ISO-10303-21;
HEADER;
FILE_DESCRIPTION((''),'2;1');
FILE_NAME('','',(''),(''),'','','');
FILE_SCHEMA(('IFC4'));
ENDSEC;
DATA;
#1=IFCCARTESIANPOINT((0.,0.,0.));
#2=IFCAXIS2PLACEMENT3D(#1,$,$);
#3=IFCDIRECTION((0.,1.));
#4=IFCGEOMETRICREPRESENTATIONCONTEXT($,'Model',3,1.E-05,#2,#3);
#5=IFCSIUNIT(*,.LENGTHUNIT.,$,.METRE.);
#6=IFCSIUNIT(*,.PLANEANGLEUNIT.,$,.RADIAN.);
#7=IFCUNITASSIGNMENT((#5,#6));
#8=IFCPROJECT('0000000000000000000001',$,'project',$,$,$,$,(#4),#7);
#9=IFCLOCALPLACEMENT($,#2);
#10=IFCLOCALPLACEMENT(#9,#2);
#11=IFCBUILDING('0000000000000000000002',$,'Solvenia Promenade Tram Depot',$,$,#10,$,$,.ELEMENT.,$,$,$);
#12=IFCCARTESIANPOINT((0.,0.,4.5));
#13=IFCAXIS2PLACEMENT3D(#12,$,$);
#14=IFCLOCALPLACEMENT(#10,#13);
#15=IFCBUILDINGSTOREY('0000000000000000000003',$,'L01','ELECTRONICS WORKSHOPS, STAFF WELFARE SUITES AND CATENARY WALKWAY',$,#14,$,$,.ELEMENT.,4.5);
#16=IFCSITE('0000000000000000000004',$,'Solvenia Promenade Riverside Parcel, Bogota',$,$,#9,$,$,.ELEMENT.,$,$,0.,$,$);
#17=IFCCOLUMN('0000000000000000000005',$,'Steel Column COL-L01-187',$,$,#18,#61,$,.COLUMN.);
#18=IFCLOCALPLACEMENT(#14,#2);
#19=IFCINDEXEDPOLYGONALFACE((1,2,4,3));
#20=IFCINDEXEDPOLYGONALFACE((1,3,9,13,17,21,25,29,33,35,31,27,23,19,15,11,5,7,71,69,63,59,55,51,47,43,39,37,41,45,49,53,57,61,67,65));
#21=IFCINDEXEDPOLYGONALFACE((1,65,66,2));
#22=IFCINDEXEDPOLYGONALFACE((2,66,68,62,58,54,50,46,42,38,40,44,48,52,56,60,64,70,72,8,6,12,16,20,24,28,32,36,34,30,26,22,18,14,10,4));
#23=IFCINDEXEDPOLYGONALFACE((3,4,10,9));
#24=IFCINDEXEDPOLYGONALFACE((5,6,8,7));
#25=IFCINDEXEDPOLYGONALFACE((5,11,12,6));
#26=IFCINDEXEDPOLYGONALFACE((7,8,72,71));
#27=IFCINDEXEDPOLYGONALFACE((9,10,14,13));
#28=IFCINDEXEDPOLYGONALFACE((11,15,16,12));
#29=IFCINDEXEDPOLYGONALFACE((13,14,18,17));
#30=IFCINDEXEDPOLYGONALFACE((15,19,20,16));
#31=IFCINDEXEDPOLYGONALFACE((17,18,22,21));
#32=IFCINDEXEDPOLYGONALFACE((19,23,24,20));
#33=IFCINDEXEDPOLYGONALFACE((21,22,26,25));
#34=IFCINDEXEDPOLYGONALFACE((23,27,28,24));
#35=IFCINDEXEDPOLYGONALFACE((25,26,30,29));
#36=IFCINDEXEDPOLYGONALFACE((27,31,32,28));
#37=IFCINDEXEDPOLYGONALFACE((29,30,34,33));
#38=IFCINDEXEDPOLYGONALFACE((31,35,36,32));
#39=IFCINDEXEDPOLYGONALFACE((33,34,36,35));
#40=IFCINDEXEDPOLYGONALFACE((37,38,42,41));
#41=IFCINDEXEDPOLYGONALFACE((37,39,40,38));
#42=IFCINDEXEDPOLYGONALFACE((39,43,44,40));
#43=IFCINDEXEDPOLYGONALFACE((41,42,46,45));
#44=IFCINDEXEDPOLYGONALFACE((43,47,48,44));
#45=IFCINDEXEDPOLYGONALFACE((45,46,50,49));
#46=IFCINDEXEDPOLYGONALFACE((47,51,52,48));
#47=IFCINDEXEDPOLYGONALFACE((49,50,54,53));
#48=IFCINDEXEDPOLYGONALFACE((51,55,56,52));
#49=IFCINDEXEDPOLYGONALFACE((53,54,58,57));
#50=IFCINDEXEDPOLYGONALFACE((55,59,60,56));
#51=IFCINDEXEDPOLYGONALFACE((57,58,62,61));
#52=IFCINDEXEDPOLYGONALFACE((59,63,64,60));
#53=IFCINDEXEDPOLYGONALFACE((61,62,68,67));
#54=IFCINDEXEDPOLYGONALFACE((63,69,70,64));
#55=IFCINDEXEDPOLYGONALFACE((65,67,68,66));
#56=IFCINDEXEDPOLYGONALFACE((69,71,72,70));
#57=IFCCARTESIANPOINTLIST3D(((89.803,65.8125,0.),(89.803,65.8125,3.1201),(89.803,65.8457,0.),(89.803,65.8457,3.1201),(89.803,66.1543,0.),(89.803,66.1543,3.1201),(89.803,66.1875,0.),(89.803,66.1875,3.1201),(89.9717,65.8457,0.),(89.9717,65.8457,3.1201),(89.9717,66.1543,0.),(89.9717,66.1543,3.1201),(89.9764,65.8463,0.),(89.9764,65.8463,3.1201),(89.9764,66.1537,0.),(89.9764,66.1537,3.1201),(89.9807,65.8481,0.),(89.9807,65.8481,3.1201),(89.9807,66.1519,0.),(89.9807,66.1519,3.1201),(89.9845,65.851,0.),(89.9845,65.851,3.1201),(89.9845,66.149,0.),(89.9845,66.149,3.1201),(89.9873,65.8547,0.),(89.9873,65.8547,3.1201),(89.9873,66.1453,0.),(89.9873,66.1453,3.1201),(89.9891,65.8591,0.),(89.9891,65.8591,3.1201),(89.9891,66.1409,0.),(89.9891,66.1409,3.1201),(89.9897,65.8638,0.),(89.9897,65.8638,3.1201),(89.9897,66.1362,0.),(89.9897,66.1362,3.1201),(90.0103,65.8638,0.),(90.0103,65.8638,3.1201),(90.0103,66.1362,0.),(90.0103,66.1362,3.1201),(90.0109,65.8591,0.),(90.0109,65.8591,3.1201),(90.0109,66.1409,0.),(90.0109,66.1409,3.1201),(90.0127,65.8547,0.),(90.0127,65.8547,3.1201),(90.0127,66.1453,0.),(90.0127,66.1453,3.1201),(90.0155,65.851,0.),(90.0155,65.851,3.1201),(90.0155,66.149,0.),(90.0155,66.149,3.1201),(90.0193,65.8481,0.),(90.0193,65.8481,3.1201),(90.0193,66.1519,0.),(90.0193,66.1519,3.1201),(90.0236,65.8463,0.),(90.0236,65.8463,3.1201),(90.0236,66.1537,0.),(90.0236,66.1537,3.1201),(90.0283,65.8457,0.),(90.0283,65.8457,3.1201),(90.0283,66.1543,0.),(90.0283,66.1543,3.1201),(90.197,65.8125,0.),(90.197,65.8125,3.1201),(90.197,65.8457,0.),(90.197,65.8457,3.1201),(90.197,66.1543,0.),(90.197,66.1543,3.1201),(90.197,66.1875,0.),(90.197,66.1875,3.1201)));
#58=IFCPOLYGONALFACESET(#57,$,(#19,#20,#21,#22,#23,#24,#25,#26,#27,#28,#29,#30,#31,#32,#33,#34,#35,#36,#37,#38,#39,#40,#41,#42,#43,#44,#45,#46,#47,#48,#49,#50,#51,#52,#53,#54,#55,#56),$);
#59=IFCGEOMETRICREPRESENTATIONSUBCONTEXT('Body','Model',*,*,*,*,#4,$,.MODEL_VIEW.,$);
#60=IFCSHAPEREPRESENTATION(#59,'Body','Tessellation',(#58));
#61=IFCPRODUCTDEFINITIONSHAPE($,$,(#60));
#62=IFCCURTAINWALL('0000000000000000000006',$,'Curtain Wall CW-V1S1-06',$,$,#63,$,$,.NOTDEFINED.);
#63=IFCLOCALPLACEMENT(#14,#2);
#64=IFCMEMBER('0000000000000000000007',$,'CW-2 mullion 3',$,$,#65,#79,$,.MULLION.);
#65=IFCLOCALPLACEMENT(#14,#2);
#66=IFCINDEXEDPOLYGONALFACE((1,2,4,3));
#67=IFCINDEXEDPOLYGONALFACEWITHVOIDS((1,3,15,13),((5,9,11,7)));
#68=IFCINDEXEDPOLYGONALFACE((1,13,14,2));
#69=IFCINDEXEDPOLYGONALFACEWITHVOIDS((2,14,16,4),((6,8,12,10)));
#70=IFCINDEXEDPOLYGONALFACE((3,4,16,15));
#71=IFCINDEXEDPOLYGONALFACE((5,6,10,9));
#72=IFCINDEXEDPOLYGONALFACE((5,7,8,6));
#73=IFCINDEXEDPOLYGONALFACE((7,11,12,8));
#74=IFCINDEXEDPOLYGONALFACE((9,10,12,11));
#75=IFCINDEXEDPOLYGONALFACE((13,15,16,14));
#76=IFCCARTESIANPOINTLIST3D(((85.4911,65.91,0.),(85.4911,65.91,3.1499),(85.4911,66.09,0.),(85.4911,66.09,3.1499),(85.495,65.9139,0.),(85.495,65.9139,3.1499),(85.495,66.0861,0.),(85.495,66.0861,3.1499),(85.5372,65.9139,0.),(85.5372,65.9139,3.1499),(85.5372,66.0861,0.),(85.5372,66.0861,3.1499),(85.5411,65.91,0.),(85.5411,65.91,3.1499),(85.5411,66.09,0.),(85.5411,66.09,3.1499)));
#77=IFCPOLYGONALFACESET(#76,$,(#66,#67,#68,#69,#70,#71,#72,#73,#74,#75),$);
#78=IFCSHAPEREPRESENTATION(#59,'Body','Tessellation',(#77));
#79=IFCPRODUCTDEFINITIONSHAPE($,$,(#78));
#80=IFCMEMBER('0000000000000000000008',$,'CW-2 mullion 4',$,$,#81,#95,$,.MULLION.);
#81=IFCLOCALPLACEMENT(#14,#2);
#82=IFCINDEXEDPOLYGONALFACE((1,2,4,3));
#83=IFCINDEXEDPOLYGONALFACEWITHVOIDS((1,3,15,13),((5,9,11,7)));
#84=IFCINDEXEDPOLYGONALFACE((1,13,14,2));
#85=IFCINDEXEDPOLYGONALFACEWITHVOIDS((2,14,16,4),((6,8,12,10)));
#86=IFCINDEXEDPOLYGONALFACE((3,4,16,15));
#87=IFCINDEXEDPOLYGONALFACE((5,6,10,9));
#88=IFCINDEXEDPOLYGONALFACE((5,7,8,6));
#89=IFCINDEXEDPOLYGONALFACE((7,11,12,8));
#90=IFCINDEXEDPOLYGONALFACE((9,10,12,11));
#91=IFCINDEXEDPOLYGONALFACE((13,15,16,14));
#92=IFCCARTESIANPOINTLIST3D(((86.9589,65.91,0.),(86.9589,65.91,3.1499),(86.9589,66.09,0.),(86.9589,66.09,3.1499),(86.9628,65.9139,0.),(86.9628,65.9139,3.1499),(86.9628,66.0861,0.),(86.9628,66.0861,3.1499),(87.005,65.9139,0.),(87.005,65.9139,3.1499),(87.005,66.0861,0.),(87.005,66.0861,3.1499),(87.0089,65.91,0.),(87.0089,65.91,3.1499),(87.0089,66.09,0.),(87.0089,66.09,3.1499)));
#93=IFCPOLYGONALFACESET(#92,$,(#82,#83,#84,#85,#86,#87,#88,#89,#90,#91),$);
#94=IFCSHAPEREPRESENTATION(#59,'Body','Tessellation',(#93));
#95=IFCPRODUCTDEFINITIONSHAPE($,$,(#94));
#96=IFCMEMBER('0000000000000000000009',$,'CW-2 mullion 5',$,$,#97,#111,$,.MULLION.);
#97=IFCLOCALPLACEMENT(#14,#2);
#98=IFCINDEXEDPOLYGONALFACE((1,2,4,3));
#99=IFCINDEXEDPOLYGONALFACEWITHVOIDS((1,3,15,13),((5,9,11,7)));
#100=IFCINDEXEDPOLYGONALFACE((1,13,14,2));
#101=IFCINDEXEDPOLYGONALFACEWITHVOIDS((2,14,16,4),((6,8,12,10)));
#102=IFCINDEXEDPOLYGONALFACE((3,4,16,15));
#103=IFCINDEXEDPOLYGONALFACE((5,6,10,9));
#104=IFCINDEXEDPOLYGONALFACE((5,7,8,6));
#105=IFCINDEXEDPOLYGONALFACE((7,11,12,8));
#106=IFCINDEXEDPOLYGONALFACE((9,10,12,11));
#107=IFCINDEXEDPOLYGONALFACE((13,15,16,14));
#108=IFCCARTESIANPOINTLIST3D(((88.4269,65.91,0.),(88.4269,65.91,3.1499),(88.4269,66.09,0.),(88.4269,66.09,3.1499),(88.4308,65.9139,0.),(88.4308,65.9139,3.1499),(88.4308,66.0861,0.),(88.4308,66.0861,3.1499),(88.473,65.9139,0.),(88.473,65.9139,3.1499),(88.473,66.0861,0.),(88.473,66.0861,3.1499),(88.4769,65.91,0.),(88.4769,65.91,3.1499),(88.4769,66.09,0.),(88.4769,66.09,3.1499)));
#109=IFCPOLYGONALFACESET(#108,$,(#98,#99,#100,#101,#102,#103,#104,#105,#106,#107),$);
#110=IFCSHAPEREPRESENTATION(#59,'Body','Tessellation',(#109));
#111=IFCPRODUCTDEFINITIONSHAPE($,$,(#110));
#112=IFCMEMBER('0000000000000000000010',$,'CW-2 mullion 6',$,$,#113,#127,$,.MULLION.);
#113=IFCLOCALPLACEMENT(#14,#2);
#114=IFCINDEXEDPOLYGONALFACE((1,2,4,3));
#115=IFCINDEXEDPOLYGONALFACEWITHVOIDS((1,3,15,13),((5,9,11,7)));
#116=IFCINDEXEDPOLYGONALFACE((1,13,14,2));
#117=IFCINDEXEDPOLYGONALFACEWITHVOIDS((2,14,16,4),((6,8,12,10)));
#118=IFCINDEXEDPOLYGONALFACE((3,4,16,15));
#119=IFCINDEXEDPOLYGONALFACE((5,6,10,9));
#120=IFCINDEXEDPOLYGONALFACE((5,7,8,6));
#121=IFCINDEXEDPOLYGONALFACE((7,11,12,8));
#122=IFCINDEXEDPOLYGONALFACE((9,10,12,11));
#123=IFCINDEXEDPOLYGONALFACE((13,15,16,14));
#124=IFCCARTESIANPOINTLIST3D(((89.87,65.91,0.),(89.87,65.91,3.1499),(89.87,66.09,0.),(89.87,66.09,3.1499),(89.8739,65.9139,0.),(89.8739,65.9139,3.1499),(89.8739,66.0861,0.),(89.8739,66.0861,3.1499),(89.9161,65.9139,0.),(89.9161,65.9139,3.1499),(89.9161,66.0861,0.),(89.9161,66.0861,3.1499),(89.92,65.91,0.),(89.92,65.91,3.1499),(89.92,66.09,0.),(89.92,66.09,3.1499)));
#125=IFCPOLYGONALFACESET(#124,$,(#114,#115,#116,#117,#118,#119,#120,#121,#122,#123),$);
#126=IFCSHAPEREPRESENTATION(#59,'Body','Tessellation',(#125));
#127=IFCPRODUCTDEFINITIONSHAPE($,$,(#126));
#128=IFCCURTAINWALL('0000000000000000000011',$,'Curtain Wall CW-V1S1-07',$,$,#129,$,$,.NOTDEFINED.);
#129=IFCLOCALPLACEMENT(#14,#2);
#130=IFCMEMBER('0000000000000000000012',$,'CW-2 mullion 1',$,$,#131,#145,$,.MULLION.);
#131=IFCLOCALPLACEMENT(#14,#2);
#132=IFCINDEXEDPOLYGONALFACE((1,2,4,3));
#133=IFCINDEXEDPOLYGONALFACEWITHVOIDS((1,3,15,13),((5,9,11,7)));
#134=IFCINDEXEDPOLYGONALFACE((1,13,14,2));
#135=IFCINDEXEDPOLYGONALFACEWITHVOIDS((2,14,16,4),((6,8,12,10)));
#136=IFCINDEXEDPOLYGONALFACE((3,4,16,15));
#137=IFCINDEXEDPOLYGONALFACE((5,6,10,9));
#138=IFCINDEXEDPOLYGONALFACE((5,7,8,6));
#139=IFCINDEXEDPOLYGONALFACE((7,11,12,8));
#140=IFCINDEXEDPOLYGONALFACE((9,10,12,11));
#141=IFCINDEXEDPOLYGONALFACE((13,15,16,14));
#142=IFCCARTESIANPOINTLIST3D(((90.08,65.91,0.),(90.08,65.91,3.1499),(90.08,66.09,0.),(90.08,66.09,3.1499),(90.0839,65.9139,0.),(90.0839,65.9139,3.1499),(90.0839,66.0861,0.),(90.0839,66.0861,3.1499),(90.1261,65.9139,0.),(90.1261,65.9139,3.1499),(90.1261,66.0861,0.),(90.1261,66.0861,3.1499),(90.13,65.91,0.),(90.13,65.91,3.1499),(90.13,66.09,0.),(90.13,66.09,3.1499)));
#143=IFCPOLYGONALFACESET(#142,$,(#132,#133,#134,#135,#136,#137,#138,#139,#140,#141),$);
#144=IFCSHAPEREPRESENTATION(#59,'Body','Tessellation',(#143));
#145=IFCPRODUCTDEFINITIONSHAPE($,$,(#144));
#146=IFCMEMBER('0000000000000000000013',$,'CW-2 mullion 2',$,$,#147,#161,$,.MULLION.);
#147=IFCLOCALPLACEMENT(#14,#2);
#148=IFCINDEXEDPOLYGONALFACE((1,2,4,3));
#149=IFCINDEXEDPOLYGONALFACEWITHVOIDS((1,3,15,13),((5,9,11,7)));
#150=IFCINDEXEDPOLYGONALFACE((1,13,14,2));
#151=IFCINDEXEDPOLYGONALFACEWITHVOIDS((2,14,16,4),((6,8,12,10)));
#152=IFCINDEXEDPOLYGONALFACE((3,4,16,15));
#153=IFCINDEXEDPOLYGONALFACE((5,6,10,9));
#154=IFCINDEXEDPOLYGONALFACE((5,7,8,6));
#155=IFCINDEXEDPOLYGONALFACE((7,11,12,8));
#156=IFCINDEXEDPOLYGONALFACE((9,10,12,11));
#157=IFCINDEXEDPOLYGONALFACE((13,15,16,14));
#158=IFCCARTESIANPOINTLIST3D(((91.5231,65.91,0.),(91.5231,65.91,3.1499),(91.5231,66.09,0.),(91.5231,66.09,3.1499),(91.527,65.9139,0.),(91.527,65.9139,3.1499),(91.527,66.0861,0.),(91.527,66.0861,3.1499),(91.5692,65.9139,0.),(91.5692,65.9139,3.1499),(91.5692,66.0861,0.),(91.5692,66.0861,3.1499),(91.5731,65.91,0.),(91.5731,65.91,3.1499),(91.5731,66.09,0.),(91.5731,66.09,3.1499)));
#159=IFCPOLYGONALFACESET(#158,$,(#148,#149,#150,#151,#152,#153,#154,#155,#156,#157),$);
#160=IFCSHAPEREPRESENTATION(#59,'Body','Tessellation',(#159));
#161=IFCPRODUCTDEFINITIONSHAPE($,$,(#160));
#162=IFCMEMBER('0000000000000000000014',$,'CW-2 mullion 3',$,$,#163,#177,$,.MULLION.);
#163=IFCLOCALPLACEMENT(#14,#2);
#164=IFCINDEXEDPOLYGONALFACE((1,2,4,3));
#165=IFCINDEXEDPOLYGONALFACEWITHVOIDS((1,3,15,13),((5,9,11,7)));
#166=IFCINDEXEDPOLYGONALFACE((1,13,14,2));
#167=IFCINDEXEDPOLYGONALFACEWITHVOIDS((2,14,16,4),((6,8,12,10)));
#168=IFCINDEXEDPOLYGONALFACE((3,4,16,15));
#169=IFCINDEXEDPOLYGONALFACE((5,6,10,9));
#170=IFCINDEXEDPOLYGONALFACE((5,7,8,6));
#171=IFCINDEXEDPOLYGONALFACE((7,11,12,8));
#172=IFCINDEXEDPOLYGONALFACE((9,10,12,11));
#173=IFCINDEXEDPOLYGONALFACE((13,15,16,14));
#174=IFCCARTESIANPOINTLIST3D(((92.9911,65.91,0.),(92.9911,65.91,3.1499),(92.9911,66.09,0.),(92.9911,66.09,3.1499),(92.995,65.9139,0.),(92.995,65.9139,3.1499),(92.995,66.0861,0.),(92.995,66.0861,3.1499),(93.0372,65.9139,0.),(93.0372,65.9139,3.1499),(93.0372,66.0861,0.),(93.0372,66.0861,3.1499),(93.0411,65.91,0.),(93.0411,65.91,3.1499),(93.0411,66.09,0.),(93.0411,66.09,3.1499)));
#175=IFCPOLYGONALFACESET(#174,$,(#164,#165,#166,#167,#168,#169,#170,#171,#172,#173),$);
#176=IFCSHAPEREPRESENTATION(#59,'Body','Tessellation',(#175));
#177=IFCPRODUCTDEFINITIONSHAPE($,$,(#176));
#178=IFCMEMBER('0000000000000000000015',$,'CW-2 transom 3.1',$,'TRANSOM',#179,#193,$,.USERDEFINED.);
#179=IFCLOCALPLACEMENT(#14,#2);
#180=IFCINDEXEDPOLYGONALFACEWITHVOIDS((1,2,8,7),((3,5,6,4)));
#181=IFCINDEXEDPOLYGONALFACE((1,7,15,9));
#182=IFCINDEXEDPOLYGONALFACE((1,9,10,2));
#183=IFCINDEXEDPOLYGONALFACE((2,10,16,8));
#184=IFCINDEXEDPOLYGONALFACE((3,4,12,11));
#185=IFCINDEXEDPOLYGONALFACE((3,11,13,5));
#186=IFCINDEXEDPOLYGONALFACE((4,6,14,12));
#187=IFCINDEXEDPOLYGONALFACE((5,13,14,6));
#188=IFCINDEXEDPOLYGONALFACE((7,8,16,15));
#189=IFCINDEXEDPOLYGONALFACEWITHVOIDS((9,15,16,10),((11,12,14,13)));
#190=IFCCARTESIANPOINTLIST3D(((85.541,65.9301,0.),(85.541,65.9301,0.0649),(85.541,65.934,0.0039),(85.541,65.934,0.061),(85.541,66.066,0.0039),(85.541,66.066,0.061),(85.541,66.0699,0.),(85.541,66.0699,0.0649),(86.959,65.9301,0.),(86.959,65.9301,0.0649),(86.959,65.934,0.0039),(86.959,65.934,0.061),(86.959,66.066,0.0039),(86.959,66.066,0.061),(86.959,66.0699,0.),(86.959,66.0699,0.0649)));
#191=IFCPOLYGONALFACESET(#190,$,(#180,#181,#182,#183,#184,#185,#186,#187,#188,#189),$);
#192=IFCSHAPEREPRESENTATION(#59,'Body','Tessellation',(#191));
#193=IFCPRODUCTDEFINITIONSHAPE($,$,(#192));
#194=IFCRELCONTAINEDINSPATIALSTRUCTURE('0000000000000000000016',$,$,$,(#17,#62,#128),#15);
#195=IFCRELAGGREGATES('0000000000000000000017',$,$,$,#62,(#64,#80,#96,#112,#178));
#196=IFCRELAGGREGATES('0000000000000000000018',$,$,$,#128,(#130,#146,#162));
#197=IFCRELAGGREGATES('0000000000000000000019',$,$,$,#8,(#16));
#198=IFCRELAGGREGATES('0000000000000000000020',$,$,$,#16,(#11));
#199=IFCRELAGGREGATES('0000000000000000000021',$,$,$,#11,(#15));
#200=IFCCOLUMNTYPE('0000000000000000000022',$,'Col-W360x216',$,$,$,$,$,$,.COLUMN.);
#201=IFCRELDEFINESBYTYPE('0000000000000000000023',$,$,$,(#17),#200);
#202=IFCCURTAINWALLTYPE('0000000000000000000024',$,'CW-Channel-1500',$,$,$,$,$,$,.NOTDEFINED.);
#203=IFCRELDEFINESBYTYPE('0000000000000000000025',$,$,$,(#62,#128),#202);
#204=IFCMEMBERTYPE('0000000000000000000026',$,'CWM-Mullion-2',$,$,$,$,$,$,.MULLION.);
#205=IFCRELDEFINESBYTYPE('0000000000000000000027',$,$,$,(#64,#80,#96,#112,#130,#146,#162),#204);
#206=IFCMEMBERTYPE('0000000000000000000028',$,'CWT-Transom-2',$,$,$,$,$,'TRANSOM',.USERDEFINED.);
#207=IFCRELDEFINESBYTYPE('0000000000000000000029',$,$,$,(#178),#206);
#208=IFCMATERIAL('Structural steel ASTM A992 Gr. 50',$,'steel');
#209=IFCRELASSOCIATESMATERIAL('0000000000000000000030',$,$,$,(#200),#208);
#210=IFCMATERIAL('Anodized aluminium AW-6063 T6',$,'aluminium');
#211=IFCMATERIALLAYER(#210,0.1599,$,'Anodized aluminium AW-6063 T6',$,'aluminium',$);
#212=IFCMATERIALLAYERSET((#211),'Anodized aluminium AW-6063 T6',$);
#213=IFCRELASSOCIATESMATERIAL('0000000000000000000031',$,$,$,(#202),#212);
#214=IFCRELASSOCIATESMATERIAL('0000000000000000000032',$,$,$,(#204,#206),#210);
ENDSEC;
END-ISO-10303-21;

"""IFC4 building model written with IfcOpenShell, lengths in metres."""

from ifc_helpers import new_model, si_unit, direction, frame, origin, origin_2d, place, context, subcontext, project, spatial, hollow_rectangle, i_section, extrude, material, layer, layer_set, material_profile, profile_set, type_object, element, aggregate, save


model = new_model("IFC4")

# Units and contexts
model_context = context("Model", 3, precision=1e-05, world=origin(), true_north=direction((0.0, 1.0)))
body_context = subcontext(model_context, "Body", "Model", "MODEL_VIEW")
ifc_project = project(units=[si_unit("LENGTHUNIT", "METRE"), si_unit("PLANEANGLEUNIT", "RADIAN")], contexts=[model_context])

# Site, building, storey
site_placement = place(None, origin())
site = spatial("IfcSite", under=ifc_project, at=site_placement, Name="Solvenia Promenade Riverside Parcel, Bogota", CompositionType="ELEMENT", RefElevation=0.0)
building_placement = place(site_placement, origin())
building = spatial("IfcBuilding", under=site, at=building_placement, Name="Solvenia Promenade Tram Depot", CompositionType="ELEMENT")
storey_placement = place(building_placement, frame((0.0, 0.0, 4.5)))
storey = spatial("IfcBuildingStorey", under=building, at=storey_placement, Name="L01", Description="ELECTRONICS WORKSHOPS, STAFF WELFARE SUITES AND CATENARY WALKWAY", CompositionType="ELEMENT", Elevation=4.5)

# Column
ifc_material_1 = material(Name="Structural steel ASTM A992 Gr. 50", Category="steel")
ifc_material_profile_1 = material_profile(ifc_material_1, i_section(OverallWidth=0.394, OverallDepth=0.375, WebThickness=0.0205, FlangeThickness=0.0332, FilletRadius=0.0181, at=origin_2d()), Name="W360x216", Category="steel")
ifc_profile_set_1 = profile_set([ifc_material_profile_1], Name="Structural steel ASTM A992 Gr. 50")
column_type = type_object("IfcColumnType", Name="Col-W360x216", PredefinedType="COLUMN", material=ifc_profile_set_1)
column_placement = place(storey_placement, frame((90.0, 66.0, 0.0), z_axis=(0.0, 0.0, 1.0), x_axis=(1.0, 0.0, 0.0)))
element("IfcColumn", 1, at=column_placement, inside=storey, type_object=column_type, Name="Steel Column COL-L01-187", PredefinedType="COLUMN", context=body_context, shape_type="SweptSolid", body=[
    extrude(i_section(OverallWidth=0.394, OverallDepth=0.375, WebThickness=0.0205, FlangeThickness=0.0332, FilletRadius=0.0181, at=origin_2d()), origin(), (0.0, 0.0, 1.0), 3.1201),
])

# Curtain walls, members
ifc_material_2 = material(Name="Anodized aluminium AW-6063 T6", Category="aluminium")
ifc_layer_1 = layer(ifc_material_2, 0.1599, Name="Anodized aluminium AW-6063 T6", Category="aluminium")
ifc_layer_set_1 = layer_set([ifc_layer_1], Name="Anodized aluminium AW-6063 T6")
curtain_wall_type = type_object("IfcCurtainWallType", Name="CW-Channel-1500", PredefinedType="NOTDEFINED", material=ifc_layer_set_1)
curtain_wall_1_placement = place(storey_placement, origin())
curtain_wall_1 = element("IfcCurtainWall", 2, at=curtain_wall_1_placement, inside=storey, type_object=curtain_wall_type, Name="Curtain Wall CW-V1S1-06", PredefinedType="NOTDEFINED")
ifc_material_profile_2 = material_profile(ifc_material_2, hollow_rectangle(XDim=0.1799, YDim=0.05, WallThickness=0.0039, at=origin_2d()), Name="ALU-M2", Category="aluminium")
ifc_profile_set_2 = profile_set([ifc_material_profile_2], Name="Anodized aluminium AW-6063 T6")
member_type_1 = type_object("IfcMemberType", Name="CWM-Mullion-2", PredefinedType="MULLION", material=ifc_profile_set_2)
member_1_placement = place(storey_placement, frame((85.5161, 66.0, 0.0), z_axis=(0.0, 0.0, 1.0), x_axis=(0.0, 1.0, 0.0)))
member_1 = element("IfcMember", 3, at=member_1_placement, type_object=member_type_1, Name="CW-2 mullion 3", PredefinedType="MULLION", context=body_context, shape_type="SweptSolid", body=[
    extrude(hollow_rectangle(XDim=0.1799, YDim=0.05, WallThickness=0.0039, at=origin_2d()), origin(), (0.0, 0.0, 1.0), 3.1499),
])
member_2_placement = place(storey_placement, frame((86.9839, 66.0, 0.0), z_axis=(0.0, 0.0, 1.0), x_axis=(0.0, 1.0, 0.0)))
member_2 = element("IfcMember", 4, at=member_2_placement, type_object=member_type_1, Name="CW-2 mullion 4", PredefinedType="MULLION", context=body_context, shape_type="SweptSolid", body=[
    extrude(hollow_rectangle(XDim=0.1799, YDim=0.05, WallThickness=0.0039, at=origin_2d()), origin(), (0.0, 0.0, 1.0), 3.1499),
])
member_3_placement = place(storey_placement, frame((88.4519, 66.0, 0.0), z_axis=(0.0, 0.0, 1.0), x_axis=(0.0, 1.0, 0.0)))
member_3 = element("IfcMember", 5, at=member_3_placement, type_object=member_type_1, Name="CW-2 mullion 5", PredefinedType="MULLION", context=body_context, shape_type="SweptSolid", body=[
    extrude(hollow_rectangle(XDim=0.1799, YDim=0.05, WallThickness=0.0039, at=origin_2d()), origin(), (0.0, 0.0, 1.0), 3.1499),
])
member_4_placement = place(storey_placement, frame((89.895, 66.0, 0.0), z_axis=(0.0, 0.0, 1.0), x_axis=(0.0, 1.0, 0.0)))
member_4 = element("IfcMember", 6, at=member_4_placement, type_object=member_type_1, Name="CW-2 mullion 6", PredefinedType="MULLION", context=body_context, shape_type="SweptSolid", body=[
    extrude(hollow_rectangle(XDim=0.1799, YDim=0.05, WallThickness=0.0039, at=origin_2d()), origin(), (0.0, 0.0, 1.0), 3.1499),
])
curtain_wall_2_placement = place(storey_placement, origin())
curtain_wall_2 = element("IfcCurtainWall", 7, at=curtain_wall_2_placement, inside=storey, type_object=curtain_wall_type, Name="Curtain Wall CW-V1S1-07", PredefinedType="NOTDEFINED")
member_5_placement = place(storey_placement, frame((90.105, 66.0, 0.0), z_axis=(0.0, 0.0, 1.0), x_axis=(0.0, 1.0, 0.0)))
member_5 = element("IfcMember", 8, at=member_5_placement, type_object=member_type_1, Name="CW-2 mullion 1", PredefinedType="MULLION", context=body_context, shape_type="SweptSolid", body=[
    extrude(hollow_rectangle(XDim=0.1799, YDim=0.05, WallThickness=0.0039, at=origin_2d()), origin(), (0.0, 0.0, 1.0), 3.1499),
])
member_6_placement = place(storey_placement, frame((91.5481, 66.0, 0.0), z_axis=(0.0, 0.0, 1.0), x_axis=(0.0, 1.0, 0.0)))
member_6 = element("IfcMember", 9, at=member_6_placement, type_object=member_type_1, Name="CW-2 mullion 2", PredefinedType="MULLION", context=body_context, shape_type="SweptSolid", body=[
    extrude(hollow_rectangle(XDim=0.1799, YDim=0.05, WallThickness=0.0039, at=origin_2d()), origin(), (0.0, 0.0, 1.0), 3.1499),
])
member_7_placement = place(storey_placement, frame((93.0161, 66.0, 0.0), z_axis=(0.0, 0.0, 1.0), x_axis=(0.0, 1.0, 0.0)))
member_7 = element("IfcMember", 10, at=member_7_placement, type_object=member_type_1, Name="CW-2 mullion 3", PredefinedType="MULLION", context=body_context, shape_type="SweptSolid", body=[
    extrude(hollow_rectangle(XDim=0.1799, YDim=0.05, WallThickness=0.0039, at=origin_2d()), origin(), (0.0, 0.0, 1.0), 3.1499),
])

# Member
ifc_material_profile_3 = material_profile(ifc_material_2, hollow_rectangle(XDim=0.1399, YDim=0.0649, WallThickness=0.0039, at=origin_2d()), Name="ALU-T2", Category="aluminium")
ifc_profile_set_3 = profile_set([ifc_material_profile_3], Name="Anodized aluminium AW-6063 T6")
member_type_2 = type_object("IfcMemberType", Name="CWT-Transom-2", ElementType="TRANSOM", PredefinedType="USERDEFINED", material=ifc_profile_set_3)
member_8_placement = place(storey_placement, frame((85.541, 66.0, 0.0325), z_axis=(1.0, 0.0, 0.0), x_axis=(0.0, 1.0, 0.0)))
member_8 = element("IfcMember", 11, at=member_8_placement, type_object=member_type_2, Name="CW-2 transom 3.1", ObjectType="TRANSOM", PredefinedType="USERDEFINED", context=body_context, shape_type="SweptSolid", body=[
    extrude(hollow_rectangle(XDim=0.1399, YDim=0.0649, WallThickness=0.0039, at=origin_2d()), origin(), (0.0, 0.0, 1.0), 1.418),
])

aggregate(curtain_wall_1, [member_1, member_2, member_3, member_4, member_8])
aggregate(curtain_wall_2, [member_5, member_6, member_7])

save(model, "model.ifc")
